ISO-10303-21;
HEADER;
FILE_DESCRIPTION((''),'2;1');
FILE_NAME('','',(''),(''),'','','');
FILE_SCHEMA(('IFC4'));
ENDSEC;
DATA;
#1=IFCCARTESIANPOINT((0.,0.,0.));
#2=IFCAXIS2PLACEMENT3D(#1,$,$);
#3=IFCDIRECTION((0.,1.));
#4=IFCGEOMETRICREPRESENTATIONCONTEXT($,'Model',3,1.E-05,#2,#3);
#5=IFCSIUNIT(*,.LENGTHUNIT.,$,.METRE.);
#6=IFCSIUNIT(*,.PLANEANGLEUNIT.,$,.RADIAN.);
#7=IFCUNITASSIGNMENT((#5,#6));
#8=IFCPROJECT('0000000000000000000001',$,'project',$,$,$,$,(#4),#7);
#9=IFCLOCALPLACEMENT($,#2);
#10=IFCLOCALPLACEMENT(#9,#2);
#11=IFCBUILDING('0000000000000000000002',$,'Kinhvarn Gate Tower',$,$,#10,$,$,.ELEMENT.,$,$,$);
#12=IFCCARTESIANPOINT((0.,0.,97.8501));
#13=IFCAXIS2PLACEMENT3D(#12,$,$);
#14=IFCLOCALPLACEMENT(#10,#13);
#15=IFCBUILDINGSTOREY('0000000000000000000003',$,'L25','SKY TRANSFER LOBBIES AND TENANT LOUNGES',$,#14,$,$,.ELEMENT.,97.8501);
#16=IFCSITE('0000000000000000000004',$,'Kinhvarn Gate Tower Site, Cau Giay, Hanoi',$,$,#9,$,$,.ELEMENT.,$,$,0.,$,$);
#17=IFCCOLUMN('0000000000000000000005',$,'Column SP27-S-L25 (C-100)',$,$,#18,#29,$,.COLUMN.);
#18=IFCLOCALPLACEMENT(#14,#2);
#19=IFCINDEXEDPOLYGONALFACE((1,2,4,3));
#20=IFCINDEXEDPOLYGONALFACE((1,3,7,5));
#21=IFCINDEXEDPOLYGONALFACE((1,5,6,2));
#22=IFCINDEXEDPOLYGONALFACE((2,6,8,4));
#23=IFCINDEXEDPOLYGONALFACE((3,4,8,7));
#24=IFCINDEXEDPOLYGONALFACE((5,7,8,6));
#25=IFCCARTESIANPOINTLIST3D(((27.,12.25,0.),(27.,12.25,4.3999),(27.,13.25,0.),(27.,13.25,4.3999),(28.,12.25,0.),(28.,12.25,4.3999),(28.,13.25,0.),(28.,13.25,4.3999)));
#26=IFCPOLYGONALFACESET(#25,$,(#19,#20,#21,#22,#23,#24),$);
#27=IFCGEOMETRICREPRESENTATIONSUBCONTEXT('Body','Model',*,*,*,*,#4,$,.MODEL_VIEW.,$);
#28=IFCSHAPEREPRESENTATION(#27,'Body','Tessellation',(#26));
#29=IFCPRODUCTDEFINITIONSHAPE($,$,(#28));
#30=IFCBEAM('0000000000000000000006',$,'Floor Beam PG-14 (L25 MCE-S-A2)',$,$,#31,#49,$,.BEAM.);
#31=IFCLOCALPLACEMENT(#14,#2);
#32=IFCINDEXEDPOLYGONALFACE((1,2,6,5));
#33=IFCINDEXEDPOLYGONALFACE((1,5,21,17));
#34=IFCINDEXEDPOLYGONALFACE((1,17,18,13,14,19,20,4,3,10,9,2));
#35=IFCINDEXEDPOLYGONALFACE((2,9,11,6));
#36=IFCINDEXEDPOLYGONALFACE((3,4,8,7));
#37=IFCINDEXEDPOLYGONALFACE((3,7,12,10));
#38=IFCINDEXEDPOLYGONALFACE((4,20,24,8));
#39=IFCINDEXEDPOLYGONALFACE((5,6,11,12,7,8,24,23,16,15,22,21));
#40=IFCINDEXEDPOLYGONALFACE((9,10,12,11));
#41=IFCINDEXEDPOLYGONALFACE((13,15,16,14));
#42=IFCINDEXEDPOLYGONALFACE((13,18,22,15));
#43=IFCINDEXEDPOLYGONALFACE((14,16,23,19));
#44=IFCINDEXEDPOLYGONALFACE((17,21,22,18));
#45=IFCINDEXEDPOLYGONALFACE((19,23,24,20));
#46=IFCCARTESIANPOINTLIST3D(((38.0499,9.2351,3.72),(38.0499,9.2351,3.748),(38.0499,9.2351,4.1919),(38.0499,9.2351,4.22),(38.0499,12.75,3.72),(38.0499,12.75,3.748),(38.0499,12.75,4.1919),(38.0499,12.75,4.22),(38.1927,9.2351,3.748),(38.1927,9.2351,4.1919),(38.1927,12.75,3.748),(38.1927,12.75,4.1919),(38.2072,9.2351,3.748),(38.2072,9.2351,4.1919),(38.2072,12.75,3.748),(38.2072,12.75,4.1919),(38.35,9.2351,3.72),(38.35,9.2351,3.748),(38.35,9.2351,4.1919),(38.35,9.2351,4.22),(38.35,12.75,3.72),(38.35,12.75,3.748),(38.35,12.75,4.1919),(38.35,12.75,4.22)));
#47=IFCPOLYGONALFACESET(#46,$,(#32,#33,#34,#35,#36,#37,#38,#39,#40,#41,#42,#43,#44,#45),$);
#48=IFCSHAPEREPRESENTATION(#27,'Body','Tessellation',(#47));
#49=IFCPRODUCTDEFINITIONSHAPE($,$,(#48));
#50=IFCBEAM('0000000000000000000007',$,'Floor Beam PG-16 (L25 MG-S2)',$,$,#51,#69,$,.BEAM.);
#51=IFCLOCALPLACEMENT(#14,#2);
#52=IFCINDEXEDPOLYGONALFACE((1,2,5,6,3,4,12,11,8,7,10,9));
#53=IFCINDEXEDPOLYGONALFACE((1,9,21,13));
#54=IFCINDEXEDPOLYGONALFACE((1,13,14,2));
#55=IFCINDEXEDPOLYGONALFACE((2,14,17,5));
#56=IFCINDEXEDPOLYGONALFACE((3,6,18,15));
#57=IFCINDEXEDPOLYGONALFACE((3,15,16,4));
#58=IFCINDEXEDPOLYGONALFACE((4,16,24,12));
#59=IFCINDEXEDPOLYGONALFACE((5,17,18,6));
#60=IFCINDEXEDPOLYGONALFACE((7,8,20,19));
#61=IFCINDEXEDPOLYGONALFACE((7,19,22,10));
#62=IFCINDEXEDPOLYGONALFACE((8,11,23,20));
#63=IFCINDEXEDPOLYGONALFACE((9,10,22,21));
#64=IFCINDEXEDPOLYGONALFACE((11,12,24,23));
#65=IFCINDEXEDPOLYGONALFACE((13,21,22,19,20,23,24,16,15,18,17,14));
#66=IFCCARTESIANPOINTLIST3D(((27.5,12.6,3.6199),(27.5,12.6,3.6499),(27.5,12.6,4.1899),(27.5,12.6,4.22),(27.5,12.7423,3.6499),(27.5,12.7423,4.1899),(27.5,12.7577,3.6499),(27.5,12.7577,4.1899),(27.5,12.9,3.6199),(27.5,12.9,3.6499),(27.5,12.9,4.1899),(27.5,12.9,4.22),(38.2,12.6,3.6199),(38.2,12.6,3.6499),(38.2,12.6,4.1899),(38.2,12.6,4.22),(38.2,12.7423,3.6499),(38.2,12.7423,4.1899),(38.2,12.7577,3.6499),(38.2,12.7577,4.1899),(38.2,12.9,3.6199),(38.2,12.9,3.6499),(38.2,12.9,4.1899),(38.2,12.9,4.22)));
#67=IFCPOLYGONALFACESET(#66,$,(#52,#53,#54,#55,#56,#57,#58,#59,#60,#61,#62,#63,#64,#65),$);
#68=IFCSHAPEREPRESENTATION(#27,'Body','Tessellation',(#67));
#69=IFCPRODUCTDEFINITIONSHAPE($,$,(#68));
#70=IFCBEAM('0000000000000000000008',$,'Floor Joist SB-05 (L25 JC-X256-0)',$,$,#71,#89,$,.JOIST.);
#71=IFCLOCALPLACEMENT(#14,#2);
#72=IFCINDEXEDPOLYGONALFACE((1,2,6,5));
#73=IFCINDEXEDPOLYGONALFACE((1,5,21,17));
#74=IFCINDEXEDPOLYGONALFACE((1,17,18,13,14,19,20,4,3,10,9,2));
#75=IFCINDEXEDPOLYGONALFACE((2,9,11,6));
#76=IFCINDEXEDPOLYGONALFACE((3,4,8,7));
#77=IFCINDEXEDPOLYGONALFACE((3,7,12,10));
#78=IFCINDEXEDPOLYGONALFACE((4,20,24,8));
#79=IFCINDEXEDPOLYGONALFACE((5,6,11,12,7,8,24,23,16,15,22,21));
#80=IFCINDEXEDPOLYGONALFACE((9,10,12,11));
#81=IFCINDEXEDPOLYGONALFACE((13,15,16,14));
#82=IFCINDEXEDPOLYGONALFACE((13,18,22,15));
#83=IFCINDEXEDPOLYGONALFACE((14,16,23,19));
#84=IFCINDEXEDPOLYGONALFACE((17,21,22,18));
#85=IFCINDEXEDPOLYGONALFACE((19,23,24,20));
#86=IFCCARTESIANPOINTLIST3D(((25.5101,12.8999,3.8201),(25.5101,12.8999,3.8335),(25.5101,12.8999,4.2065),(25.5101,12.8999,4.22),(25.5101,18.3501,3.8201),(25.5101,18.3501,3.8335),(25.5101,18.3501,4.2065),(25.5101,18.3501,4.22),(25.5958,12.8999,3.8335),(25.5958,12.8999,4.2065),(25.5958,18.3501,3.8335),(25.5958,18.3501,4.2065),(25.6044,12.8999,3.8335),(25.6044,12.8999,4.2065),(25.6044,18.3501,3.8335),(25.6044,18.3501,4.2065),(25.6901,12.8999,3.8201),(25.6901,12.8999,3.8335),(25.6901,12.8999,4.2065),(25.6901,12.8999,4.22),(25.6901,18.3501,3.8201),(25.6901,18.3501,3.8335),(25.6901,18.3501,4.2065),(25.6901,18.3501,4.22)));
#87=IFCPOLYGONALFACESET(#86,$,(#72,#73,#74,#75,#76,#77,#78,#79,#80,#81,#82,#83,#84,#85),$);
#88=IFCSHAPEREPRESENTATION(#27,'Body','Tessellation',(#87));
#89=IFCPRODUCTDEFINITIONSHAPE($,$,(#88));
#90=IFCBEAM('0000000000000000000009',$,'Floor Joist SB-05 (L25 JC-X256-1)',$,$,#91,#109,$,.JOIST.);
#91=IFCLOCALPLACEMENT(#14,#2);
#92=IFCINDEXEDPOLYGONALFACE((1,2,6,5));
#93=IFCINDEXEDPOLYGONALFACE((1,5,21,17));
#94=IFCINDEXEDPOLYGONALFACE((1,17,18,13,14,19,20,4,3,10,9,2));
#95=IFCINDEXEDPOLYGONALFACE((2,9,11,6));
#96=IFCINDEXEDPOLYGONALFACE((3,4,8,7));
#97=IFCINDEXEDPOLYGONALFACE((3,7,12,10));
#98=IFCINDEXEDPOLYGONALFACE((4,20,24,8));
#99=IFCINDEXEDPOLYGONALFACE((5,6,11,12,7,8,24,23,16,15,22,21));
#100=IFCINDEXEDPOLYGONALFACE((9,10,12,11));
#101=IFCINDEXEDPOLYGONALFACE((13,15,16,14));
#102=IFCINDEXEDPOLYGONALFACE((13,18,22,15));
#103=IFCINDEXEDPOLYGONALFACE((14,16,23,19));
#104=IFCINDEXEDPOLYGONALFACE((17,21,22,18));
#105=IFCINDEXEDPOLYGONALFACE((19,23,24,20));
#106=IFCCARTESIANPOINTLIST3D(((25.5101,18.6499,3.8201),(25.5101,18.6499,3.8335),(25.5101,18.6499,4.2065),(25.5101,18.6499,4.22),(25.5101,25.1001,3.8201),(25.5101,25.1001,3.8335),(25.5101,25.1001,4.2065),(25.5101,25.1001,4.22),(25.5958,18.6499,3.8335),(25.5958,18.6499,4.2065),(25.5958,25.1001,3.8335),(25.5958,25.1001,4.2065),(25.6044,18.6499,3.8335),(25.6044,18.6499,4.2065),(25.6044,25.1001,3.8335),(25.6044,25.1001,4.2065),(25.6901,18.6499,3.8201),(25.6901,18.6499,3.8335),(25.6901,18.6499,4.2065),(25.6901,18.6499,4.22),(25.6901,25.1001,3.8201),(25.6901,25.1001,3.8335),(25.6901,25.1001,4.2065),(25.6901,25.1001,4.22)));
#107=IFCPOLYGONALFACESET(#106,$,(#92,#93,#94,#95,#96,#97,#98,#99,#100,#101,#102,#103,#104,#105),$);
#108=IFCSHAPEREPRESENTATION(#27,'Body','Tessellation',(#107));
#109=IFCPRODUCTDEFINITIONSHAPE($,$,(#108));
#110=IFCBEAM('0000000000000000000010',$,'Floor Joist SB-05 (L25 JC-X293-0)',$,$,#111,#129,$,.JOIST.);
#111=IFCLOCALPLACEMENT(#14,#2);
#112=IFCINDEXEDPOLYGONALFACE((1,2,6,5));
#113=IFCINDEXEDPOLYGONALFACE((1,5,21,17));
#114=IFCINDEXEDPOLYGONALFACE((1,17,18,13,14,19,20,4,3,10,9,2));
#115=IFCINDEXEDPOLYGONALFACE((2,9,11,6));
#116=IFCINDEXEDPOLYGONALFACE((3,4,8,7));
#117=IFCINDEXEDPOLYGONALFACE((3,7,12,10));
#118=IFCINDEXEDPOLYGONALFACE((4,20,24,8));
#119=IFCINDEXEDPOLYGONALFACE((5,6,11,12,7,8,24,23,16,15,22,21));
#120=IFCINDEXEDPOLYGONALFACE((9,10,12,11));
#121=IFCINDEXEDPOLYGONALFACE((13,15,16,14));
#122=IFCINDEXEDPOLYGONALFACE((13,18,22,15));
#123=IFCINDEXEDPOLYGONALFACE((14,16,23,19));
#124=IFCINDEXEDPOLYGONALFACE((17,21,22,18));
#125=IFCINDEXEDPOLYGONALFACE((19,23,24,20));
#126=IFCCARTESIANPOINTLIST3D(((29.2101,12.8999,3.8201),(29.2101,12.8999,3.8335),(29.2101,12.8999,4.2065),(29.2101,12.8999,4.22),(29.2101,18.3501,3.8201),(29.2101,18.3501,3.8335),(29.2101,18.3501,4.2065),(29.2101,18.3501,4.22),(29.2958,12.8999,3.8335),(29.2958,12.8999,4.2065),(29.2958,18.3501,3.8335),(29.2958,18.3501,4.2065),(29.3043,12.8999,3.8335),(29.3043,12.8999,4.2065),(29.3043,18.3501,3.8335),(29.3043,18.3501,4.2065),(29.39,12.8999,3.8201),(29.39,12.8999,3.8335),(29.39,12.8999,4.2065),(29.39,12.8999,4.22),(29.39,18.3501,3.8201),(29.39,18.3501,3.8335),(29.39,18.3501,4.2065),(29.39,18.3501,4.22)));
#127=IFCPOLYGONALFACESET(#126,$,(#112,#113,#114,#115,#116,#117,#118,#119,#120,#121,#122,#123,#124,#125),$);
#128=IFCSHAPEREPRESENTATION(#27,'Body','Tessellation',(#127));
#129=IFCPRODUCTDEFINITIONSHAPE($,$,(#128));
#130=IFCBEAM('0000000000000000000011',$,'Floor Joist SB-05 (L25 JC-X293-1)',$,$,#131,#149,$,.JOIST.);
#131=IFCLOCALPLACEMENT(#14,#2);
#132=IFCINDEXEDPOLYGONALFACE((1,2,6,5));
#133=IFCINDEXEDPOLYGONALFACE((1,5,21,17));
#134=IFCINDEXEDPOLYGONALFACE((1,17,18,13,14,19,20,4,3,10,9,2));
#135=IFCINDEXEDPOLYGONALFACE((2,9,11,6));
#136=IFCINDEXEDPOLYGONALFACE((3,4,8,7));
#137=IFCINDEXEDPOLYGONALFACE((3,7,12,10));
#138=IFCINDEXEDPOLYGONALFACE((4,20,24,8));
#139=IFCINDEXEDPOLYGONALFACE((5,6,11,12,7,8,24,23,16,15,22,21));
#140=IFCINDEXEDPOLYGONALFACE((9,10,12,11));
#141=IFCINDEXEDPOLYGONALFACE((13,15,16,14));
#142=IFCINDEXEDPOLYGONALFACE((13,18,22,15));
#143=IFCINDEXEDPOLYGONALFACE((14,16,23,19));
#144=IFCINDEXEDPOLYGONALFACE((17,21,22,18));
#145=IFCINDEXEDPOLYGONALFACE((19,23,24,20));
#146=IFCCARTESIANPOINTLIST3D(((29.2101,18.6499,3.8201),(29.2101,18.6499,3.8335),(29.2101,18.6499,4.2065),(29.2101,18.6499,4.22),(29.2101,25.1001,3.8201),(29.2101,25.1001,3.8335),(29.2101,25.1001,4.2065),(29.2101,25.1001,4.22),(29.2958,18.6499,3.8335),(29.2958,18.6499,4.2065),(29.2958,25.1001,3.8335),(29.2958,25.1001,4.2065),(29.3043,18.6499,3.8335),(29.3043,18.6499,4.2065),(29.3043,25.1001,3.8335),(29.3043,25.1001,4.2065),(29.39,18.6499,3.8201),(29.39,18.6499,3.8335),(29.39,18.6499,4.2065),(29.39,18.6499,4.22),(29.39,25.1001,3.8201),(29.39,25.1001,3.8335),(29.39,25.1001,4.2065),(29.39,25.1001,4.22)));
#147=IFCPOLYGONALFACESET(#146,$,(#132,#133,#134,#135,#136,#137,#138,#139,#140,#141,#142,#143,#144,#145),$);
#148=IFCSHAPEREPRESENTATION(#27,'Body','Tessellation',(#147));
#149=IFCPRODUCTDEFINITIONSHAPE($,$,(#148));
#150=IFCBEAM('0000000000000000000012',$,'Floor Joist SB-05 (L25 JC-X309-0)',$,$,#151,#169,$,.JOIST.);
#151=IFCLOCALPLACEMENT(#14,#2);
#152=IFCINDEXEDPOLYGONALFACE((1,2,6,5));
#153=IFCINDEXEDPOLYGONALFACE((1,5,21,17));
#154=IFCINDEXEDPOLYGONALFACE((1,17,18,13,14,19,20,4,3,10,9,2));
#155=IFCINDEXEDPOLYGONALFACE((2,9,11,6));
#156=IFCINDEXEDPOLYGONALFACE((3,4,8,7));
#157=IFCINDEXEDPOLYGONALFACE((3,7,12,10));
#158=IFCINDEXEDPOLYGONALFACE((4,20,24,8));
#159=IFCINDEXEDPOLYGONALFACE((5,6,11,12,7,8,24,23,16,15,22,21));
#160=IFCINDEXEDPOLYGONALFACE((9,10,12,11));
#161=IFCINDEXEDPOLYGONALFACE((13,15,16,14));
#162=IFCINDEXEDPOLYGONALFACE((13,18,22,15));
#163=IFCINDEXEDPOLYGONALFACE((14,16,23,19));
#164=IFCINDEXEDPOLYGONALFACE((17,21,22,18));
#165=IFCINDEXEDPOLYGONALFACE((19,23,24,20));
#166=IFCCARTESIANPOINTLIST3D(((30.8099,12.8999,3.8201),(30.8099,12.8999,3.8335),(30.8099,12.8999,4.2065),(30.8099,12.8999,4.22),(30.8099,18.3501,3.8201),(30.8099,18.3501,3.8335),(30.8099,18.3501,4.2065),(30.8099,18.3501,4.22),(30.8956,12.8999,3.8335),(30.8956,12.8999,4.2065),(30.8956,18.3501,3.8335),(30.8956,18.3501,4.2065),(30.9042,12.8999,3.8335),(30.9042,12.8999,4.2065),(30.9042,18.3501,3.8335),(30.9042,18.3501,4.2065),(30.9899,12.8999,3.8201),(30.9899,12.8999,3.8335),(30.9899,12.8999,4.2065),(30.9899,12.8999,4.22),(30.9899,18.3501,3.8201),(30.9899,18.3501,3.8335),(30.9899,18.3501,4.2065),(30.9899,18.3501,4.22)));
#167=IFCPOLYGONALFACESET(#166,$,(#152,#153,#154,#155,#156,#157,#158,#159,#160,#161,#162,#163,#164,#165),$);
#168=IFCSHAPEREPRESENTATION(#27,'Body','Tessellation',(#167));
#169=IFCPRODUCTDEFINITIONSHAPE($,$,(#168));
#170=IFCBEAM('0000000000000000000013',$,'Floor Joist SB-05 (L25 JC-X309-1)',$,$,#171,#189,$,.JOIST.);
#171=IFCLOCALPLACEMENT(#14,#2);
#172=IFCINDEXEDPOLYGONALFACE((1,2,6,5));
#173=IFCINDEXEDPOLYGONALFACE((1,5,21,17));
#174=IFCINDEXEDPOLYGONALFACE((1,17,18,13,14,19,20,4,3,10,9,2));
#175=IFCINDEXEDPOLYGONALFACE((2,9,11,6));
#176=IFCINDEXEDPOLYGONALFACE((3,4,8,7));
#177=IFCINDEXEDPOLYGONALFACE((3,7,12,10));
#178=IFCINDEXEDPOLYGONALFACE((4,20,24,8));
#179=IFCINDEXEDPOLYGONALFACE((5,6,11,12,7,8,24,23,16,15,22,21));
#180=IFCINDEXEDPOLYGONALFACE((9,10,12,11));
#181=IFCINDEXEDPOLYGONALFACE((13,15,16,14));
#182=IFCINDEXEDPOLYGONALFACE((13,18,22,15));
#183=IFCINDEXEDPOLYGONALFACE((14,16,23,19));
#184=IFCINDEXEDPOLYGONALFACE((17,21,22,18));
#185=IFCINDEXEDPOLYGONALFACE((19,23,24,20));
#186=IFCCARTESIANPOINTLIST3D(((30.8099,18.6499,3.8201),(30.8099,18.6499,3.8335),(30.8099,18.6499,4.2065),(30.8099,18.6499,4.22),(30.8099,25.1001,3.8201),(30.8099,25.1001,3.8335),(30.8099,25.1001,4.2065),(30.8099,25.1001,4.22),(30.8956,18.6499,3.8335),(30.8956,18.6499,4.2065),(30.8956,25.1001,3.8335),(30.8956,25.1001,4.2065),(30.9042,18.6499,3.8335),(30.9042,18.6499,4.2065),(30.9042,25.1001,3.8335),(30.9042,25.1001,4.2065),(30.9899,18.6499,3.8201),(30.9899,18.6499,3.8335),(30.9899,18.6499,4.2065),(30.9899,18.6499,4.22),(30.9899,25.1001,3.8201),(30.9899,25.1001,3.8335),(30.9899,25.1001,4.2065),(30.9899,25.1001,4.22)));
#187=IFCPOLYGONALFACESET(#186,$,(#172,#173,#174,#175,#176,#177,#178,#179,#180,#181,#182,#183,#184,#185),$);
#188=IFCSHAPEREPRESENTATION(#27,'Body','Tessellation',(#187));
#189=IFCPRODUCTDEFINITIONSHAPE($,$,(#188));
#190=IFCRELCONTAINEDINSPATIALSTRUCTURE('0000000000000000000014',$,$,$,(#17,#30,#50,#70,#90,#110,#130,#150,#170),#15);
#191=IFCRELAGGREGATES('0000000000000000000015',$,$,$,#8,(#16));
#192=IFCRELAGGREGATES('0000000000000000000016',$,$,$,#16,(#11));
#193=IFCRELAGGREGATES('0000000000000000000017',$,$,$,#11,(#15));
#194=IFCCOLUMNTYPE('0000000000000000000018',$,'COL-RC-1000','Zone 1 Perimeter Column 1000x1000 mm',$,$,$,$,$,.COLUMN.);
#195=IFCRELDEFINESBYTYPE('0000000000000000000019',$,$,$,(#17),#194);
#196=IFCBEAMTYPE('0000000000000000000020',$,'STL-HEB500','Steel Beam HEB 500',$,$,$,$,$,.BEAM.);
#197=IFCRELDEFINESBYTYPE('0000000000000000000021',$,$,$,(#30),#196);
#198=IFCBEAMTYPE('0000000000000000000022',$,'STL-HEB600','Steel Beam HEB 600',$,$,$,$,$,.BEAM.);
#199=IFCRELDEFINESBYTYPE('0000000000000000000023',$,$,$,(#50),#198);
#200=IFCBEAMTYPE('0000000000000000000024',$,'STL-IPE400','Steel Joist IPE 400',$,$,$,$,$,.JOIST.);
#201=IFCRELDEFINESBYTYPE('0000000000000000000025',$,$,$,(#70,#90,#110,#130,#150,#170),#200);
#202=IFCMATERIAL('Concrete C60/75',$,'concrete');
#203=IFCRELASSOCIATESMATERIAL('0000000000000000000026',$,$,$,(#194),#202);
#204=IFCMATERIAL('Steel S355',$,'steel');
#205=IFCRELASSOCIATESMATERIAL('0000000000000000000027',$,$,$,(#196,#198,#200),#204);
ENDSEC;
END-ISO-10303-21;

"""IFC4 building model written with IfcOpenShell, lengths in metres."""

from ifc_helpers import new_model, si_unit, direction, frame, origin, origin_2d, place, context, subcontext, project, spatial, rectangle, i_section, extrude, material, material_profile, profile_set, type_object, element, save


model = new_model("IFC4")

# Units and contexts
model_context = context("Model", 3, precision=1e-05, world=origin(), true_north=direction((0.0, 1.0)))
body_context = subcontext(model_context, "Body", "Model", "MODEL_VIEW")
ifc_project = project(units=[si_unit("LENGTHUNIT", "METRE"), si_unit("PLANEANGLEUNIT", "RADIAN")], contexts=[model_context])

# Site, building, storey
site_placement = place(None, origin())
site = spatial("IfcSite", under=ifc_project, at=site_placement, Name="Kinhvarn Gate Tower Site, Cau Giay, Hanoi", CompositionType="ELEMENT", RefElevation=0.0)
building_placement = place(site_placement, origin())
building = spatial("IfcBuilding", under=site, at=building_placement, Name="Kinhvarn Gate Tower", CompositionType="ELEMENT")
storey_placement = place(building_placement, frame((0.0, 0.0, 97.8501)))
storey = spatial("IfcBuildingStorey", under=building, at=storey_placement, Name="L25", Description="SKY TRANSFER LOBBIES AND TENANT LOUNGES", CompositionType="ELEMENT", Elevation=97.8501)

# Column
ifc_material_1 = material(Name="Concrete C60/75", Category="concrete")
ifc_material_profile_1 = material_profile(ifc_material_1, rectangle(XDim=1.0, YDim=1.0, at=origin_2d()), Name="RC 1000x1000")
ifc_profile_set_1 = profile_set([ifc_material_profile_1], Name="Concrete C60/75")
column_type = type_object("IfcColumnType", Name="COL-RC-1000", Description="Zone 1 Perimeter Column 1000x1000 mm", PredefinedType="COLUMN", material=ifc_profile_set_1)
column_placement = place(storey_placement, frame((27.5, 12.75, 0.0), z_axis=(0.0, 0.0, 1.0), x_axis=(1.0, 0.0, 0.0)))
element("IfcColumn", 1, at=column_placement, inside=storey, type_object=column_type, Name="Column SP27-S-L25 (C-100)", PredefinedType="COLUMN", context=body_context, shape_type="SweptSolid", body=[
    extrude(rectangle(XDim=1.0, YDim=1.0, at=origin_2d()), origin(), (0.0, 0.0, 1.0), 4.3999),
])

# Beams
ifc_material_2 = material(Name="Steel S355", Category="steel")
ifc_material_profile_2 = material_profile(ifc_material_2, i_section(OverallWidth=0.3, OverallDepth=0.5, WebThickness=0.0144, FlangeThickness=0.0281, at=origin_2d()), Name="HEB 500")
ifc_profile_set_2 = profile_set([ifc_material_profile_2], Name="Steel S355")
beam_type_1 = type_object("IfcBeamType", Name="STL-HEB500", Description="Steel Beam HEB 500", PredefinedType="BEAM", material=ifc_profile_set_2)
beam_1_placement = place(storey_placement, frame((38.2, 9.2351, 3.97), z_axis=(0.0, 1.0, 0.0), x_axis=(-1.0, 0.0, 0.0)))
element("IfcBeam", 2, at=beam_1_placement, inside=storey, type_object=beam_type_1, Name="Floor Beam PG-14 (L25 MCE-S-A2)", PredefinedType="BEAM", context=body_context, shape_type="SweptSolid", body=[
    extrude(i_section(OverallWidth=0.3, OverallDepth=0.5, WebThickness=0.0144, FlangeThickness=0.0281, at=origin_2d()), origin(), (0.0, 0.0, 1.0), 3.5149),
])
ifc_material_profile_3 = material_profile(ifc_material_2, i_section(OverallWidth=0.3, OverallDepth=0.6001, WebThickness=0.0154, FlangeThickness=0.03, at=origin_2d()), Name="HEB 600")
ifc_profile_set_3 = profile_set([ifc_material_profile_3], Name="Steel S355")
beam_type_2 = type_object("IfcBeamType", Name="STL-HEB600", Description="Steel Beam HEB 600", PredefinedType="BEAM", material=ifc_profile_set_3)
beam_2_placement = place(storey_placement, frame((27.5, 12.75, 3.9199), z_axis=(1.0, 0.0, 0.0), x_axis=(0.0, 1.0, 0.0)))
element("IfcBeam", 3, at=beam_2_placement, inside=storey, type_object=beam_type_2, Name="Floor Beam PG-16 (L25 MG-S2)", PredefinedType="BEAM", context=body_context, shape_type="SweptSolid", body=[
    extrude(i_section(OverallWidth=0.3, OverallDepth=0.6001, WebThickness=0.0154, FlangeThickness=0.03, at=origin_2d()), origin(), (0.0, 0.0, 1.0), 10.7),
])
ifc_material_profile_4 = material_profile(ifc_material_2, i_section(OverallWidth=0.1799, OverallDepth=0.3999, WebThickness=0.0085, FlangeThickness=0.0134, at=origin_2d()), Name="IPE 400")
ifc_profile_set_4 = profile_set([ifc_material_profile_4], Name="Steel S355")
beam_type_3 = type_object("IfcBeamType", Name="STL-IPE400", Description="Steel Joist IPE 400", PredefinedType="JOIST", material=ifc_profile_set_4)
beam_3_placement = place(storey_placement, frame((25.6001, 12.8999, 4.02), z_axis=(0.0, 1.0, 0.0), x_axis=(-1.0, 0.0, 0.0)))
element("IfcBeam", 4, at=beam_3_placement, inside=storey, type_object=beam_type_3, Name="Floor Joist SB-05 (L25 JC-X256-0)", PredefinedType="JOIST", context=body_context, shape_type="SweptSolid", body=[
    extrude(i_section(OverallWidth=0.1799, OverallDepth=0.3999, WebThickness=0.0085, FlangeThickness=0.0134, at=origin_2d()), origin(), (0.0, 0.0, 1.0), 5.4502),
])
beam_4_placement = place(storey_placement, frame((25.6001, 18.6499, 4.02), z_axis=(0.0, 1.0, 0.0), x_axis=(-1.0, 0.0, 0.0)))
element("IfcBeam", 5, at=beam_4_placement, inside=storey, type_object=beam_type_3, Name="Floor Joist SB-05 (L25 JC-X256-1)", PredefinedType="JOIST", context=body_context, shape_type="SweptSolid", body=[
    extrude(i_section(OverallWidth=0.1799, OverallDepth=0.3999, WebThickness=0.0085, FlangeThickness=0.0134, at=origin_2d()), origin(), (0.0, 0.0, 1.0), 6.4502),
])
beam_5_placement = place(storey_placement, frame((29.3, 12.8999, 4.02), z_axis=(0.0, 1.0, 0.0), x_axis=(-1.0, 0.0, 0.0)))
element("IfcBeam", 6, at=beam_5_placement, inside=storey, type_object=beam_type_3, Name="Floor Joist SB-05 (L25 JC-X293-0)", PredefinedType="JOIST", context=body_context, shape_type="SweptSolid", body=[
    extrude(i_section(OverallWidth=0.1799, OverallDepth=0.3999, WebThickness=0.0085, FlangeThickness=0.0134, at=origin_2d()), origin(), (0.0, 0.0, 1.0), 5.4502),
])
beam_6_placement = place(storey_placement, frame((29.3, 18.6499, 4.02), z_axis=(0.0, 1.0, 0.0), x_axis=(-1.0, 0.0, 0.0)))
element("IfcBeam", 7, at=beam_6_placement, inside=storey, type_object=beam_type_3, Name="Floor Joist SB-05 (L25 JC-X293-1)", PredefinedType="JOIST", context=body_context, shape_type="SweptSolid", body=[
    extrude(i_section(OverallWidth=0.1799, OverallDepth=0.3999, WebThickness=0.0085, FlangeThickness=0.0134, at=origin_2d()), origin(), (0.0, 0.0, 1.0), 6.4502),
])
beam_7_placement = place(storey_placement, frame((30.8999, 12.8999, 4.02), z_axis=(0.0, 1.0, 0.0), x_axis=(-1.0, 0.0, 0.0)))
element("IfcBeam", 8, at=beam_7_placement, inside=storey, type_object=beam_type_3, Name="Floor Joist SB-05 (L25 JC-X309-0)", PredefinedType="JOIST", context=body_context, shape_type="SweptSolid", body=[
    extrude(i_section(OverallWidth=0.1799, OverallDepth=0.3999, WebThickness=0.0085, FlangeThickness=0.0134, at=origin_2d()), origin(), (0.0, 0.0, 1.0), 5.4502),
])
beam_8_placement = place(storey_placement, frame((30.8999, 18.6499, 4.02), z_axis=(0.0, 1.0, 0.0), x_axis=(-1.0, 0.0, 0.0)))
element("IfcBeam", 9, at=beam_8_placement, inside=storey, type_object=beam_type_3, Name="Floor Joist SB-05 (L25 JC-X309-1)", PredefinedType="JOIST", context=body_context, shape_type="SweptSolid", body=[
    extrude(i_section(OverallWidth=0.1799, OverallDepth=0.3999, WebThickness=0.0085, FlangeThickness=0.0134, at=origin_2d()), origin(), (0.0, 0.0, 1.0), 6.4502),
])

save(model, "model.ifc")
